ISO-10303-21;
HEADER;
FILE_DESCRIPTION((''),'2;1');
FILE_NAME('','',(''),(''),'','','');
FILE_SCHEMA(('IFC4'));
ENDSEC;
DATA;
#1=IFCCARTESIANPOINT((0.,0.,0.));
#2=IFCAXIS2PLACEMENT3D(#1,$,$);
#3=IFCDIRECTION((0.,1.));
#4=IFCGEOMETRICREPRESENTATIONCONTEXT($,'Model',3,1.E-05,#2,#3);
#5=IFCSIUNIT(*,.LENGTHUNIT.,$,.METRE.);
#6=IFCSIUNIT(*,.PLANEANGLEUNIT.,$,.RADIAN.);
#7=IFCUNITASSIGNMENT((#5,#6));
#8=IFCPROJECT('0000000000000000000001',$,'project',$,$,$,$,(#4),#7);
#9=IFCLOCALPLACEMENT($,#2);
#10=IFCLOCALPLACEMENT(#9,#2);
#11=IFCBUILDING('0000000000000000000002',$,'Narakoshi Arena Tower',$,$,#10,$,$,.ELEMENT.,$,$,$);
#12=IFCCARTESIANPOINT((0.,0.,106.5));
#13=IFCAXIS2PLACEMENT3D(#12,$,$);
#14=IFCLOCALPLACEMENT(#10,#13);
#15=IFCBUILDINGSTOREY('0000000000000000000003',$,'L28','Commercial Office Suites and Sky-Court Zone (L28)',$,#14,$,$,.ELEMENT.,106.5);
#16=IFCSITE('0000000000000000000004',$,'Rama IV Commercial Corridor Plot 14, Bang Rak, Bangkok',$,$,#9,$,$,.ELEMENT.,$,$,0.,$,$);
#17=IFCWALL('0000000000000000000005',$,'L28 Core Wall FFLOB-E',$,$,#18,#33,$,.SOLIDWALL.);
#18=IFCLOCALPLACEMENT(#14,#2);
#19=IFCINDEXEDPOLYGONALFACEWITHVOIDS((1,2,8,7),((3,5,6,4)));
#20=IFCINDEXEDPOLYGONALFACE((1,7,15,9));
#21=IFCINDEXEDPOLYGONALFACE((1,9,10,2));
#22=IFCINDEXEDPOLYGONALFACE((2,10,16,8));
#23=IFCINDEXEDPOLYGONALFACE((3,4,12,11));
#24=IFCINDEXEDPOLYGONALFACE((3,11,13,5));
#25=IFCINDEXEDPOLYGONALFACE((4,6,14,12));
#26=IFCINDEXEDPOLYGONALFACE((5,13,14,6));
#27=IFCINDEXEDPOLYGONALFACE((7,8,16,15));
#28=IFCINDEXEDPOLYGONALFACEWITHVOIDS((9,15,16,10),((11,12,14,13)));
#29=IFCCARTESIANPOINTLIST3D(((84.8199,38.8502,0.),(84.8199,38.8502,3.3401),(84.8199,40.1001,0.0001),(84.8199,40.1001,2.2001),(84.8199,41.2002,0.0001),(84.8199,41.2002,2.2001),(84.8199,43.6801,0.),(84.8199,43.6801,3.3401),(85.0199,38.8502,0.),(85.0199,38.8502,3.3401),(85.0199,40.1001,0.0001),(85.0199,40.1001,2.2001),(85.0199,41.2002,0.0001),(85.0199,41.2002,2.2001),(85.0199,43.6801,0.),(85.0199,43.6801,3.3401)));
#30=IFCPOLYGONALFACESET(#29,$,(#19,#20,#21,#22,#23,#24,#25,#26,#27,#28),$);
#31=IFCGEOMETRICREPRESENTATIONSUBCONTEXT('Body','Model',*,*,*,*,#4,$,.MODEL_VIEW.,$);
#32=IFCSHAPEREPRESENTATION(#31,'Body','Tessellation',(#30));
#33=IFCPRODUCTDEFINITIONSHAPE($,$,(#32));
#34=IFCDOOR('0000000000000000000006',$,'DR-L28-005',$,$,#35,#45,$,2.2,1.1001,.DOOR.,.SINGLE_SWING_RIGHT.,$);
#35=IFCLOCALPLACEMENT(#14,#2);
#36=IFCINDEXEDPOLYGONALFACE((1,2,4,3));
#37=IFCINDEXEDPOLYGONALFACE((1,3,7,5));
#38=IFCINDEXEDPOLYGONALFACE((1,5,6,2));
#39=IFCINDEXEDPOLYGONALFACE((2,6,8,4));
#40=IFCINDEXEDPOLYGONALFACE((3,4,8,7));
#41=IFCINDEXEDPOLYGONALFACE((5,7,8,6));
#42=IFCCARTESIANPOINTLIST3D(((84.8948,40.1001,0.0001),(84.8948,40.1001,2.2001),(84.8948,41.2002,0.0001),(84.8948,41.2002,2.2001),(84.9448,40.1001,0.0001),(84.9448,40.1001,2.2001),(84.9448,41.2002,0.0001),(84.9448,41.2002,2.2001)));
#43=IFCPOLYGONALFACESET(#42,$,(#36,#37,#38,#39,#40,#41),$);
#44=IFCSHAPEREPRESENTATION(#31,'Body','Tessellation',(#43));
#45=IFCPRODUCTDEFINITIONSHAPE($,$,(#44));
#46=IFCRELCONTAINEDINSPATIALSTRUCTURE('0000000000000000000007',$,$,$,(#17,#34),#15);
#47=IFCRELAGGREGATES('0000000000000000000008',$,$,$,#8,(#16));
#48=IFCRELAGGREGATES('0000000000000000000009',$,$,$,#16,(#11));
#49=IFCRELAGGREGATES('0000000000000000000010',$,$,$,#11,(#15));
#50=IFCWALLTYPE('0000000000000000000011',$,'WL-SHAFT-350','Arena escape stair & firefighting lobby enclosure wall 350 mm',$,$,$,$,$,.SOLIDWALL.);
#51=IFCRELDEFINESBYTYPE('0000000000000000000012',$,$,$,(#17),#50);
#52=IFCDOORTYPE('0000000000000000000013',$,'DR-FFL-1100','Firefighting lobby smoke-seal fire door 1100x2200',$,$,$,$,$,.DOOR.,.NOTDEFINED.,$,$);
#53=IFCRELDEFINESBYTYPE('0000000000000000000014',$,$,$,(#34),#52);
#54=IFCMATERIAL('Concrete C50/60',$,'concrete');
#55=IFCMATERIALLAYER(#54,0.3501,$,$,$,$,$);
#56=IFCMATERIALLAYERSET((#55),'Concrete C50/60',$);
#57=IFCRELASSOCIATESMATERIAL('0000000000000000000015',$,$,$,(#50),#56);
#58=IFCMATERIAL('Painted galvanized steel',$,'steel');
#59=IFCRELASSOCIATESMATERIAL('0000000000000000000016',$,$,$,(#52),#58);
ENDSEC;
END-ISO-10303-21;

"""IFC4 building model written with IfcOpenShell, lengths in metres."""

from ifc_helpers import new_model, si_unit, direction, frame, frame_2d, origin, place, context, subcontext, project, spatial, rectangle, extrude, material, layer, layer_set, type_object, element, fill, save


model = new_model("IFC4")

# Units and contexts
model_context = context("Model", 3, precision=1e-05, world=origin(), true_north=direction((0.0, 1.0)))
body_context = subcontext(model_context, "Body", "Model", "MODEL_VIEW")
ifc_project = project(units=[si_unit("LENGTHUNIT", "METRE"), si_unit("PLANEANGLEUNIT", "RADIAN")], contexts=[model_context])

# Site, building, storey
site_placement = place(None, origin())
site = spatial("IfcSite", under=ifc_project, at=site_placement, Name="Rama IV Commercial Corridor Plot 14, Bang Rak, Bangkok", CompositionType="ELEMENT", RefElevation=0.0)
building_placement = place(site_placement, origin())
building = spatial("IfcBuilding", under=site, at=building_placement, Name="Narakoshi Arena Tower", CompositionType="ELEMENT")
storey_placement = place(building_placement, frame((0.0, 0.0, 106.5)))
storey = spatial("IfcBuildingStorey", under=building, at=storey_placement, Name="L28", Description="Commercial Office Suites and Sky-Court Zone (L28)", CompositionType="ELEMENT", Elevation=106.5)

# Shared definitions
ifc_material_1 = material(Name="Concrete C50/60", Category="concrete")
ifc_layer_1 = layer(ifc_material_1, 0.3501)
ifc_layer_set_1 = layer_set([ifc_layer_1], Name="Concrete C50/60")
wall_type_1 = type_object("IfcWallType", Name="WL-SHAFT-350", Description="Arena escape stair & firefighting lobby enclosure wall 350 mm", PredefinedType="SOLIDWALL", material=ifc_layer_set_1)

# Wall, opening, door
wall_1_placement = place(storey_placement, frame((84.9199, 38.8501, 0.0), z_axis=(0.0, 0.0, 1.0), x_axis=(0.0, 1.0, 0.0)))
wall_1 = element("IfcWall", 1, at=wall_1_placement, inside=storey, type_object=wall_type_1, Name="L28 Core Wall FFLOB-E", PredefinedType="SOLIDWALL", context=body_context, shape_type="SweptSolid", body=[
    extrude(rectangle(XDim=4.8298, YDim=0.2, at=frame_2d((2.415, 0.0))), origin(), (0.0, 0.0, 1.0), 3.3401),
])
opening_1_placement = place(wall_1_placement, frame((1.25, 0.0, 0.0)))
opening_1 = element("IfcOpeningElement", 2, at=opening_1_placement, cuts=wall_1, PredefinedType="OPENING", context=body_context, shape_type="SweptSolid", body=[
    extrude(rectangle(XDim=1.1001, YDim=2.2, at=frame_2d((0.55, 1.1001))), frame((0.0, 0.1099, 0.0), z_axis=(0.0, -1.0, 0.0), x_axis=(1.0, 0.0, 0.0)), (0.0, 0.0, 1.0), 0.22),
])
ifc_material_2 = material(Name="Painted galvanized steel", Category="steel")
door_type_1 = type_object("IfcDoorType", Name="DR-FFL-1100", Description="Firefighting lobby smoke-seal fire door 1100x2200", OperationType="NOTDEFINED", PredefinedType="DOOR", material=ifc_material_2)
door_1_placement = place(opening_1_placement, frame((1.1001, 0.0, 0.0), z_axis=(0.0, 0.0, 1.0), x_axis=(-1.0, 0.0, 0.0)))
door_1 = element("IfcDoor", 3, at=door_1_placement, inside=storey, type_object=door_type_1, Name="DR-L28-005", OperationType="SINGLE_SWING_RIGHT", OverallHeight=2.2, OverallWidth=1.1001, PredefinedType="DOOR", context=body_context, shape_type="SweptSolid", body=[
    extrude(rectangle(XDim=1.1001, YDim=2.2, at=frame_2d((0.55, 1.1001))), frame((0.0, 0.0249, 0.0), z_axis=(0.0, -1.0, 0.0), x_axis=(1.0, 0.0, 0.0)), (0.0, 0.0, 1.0), 0.05),
])
fill(opening_1, door_1)

save(model, "model.ifc")
